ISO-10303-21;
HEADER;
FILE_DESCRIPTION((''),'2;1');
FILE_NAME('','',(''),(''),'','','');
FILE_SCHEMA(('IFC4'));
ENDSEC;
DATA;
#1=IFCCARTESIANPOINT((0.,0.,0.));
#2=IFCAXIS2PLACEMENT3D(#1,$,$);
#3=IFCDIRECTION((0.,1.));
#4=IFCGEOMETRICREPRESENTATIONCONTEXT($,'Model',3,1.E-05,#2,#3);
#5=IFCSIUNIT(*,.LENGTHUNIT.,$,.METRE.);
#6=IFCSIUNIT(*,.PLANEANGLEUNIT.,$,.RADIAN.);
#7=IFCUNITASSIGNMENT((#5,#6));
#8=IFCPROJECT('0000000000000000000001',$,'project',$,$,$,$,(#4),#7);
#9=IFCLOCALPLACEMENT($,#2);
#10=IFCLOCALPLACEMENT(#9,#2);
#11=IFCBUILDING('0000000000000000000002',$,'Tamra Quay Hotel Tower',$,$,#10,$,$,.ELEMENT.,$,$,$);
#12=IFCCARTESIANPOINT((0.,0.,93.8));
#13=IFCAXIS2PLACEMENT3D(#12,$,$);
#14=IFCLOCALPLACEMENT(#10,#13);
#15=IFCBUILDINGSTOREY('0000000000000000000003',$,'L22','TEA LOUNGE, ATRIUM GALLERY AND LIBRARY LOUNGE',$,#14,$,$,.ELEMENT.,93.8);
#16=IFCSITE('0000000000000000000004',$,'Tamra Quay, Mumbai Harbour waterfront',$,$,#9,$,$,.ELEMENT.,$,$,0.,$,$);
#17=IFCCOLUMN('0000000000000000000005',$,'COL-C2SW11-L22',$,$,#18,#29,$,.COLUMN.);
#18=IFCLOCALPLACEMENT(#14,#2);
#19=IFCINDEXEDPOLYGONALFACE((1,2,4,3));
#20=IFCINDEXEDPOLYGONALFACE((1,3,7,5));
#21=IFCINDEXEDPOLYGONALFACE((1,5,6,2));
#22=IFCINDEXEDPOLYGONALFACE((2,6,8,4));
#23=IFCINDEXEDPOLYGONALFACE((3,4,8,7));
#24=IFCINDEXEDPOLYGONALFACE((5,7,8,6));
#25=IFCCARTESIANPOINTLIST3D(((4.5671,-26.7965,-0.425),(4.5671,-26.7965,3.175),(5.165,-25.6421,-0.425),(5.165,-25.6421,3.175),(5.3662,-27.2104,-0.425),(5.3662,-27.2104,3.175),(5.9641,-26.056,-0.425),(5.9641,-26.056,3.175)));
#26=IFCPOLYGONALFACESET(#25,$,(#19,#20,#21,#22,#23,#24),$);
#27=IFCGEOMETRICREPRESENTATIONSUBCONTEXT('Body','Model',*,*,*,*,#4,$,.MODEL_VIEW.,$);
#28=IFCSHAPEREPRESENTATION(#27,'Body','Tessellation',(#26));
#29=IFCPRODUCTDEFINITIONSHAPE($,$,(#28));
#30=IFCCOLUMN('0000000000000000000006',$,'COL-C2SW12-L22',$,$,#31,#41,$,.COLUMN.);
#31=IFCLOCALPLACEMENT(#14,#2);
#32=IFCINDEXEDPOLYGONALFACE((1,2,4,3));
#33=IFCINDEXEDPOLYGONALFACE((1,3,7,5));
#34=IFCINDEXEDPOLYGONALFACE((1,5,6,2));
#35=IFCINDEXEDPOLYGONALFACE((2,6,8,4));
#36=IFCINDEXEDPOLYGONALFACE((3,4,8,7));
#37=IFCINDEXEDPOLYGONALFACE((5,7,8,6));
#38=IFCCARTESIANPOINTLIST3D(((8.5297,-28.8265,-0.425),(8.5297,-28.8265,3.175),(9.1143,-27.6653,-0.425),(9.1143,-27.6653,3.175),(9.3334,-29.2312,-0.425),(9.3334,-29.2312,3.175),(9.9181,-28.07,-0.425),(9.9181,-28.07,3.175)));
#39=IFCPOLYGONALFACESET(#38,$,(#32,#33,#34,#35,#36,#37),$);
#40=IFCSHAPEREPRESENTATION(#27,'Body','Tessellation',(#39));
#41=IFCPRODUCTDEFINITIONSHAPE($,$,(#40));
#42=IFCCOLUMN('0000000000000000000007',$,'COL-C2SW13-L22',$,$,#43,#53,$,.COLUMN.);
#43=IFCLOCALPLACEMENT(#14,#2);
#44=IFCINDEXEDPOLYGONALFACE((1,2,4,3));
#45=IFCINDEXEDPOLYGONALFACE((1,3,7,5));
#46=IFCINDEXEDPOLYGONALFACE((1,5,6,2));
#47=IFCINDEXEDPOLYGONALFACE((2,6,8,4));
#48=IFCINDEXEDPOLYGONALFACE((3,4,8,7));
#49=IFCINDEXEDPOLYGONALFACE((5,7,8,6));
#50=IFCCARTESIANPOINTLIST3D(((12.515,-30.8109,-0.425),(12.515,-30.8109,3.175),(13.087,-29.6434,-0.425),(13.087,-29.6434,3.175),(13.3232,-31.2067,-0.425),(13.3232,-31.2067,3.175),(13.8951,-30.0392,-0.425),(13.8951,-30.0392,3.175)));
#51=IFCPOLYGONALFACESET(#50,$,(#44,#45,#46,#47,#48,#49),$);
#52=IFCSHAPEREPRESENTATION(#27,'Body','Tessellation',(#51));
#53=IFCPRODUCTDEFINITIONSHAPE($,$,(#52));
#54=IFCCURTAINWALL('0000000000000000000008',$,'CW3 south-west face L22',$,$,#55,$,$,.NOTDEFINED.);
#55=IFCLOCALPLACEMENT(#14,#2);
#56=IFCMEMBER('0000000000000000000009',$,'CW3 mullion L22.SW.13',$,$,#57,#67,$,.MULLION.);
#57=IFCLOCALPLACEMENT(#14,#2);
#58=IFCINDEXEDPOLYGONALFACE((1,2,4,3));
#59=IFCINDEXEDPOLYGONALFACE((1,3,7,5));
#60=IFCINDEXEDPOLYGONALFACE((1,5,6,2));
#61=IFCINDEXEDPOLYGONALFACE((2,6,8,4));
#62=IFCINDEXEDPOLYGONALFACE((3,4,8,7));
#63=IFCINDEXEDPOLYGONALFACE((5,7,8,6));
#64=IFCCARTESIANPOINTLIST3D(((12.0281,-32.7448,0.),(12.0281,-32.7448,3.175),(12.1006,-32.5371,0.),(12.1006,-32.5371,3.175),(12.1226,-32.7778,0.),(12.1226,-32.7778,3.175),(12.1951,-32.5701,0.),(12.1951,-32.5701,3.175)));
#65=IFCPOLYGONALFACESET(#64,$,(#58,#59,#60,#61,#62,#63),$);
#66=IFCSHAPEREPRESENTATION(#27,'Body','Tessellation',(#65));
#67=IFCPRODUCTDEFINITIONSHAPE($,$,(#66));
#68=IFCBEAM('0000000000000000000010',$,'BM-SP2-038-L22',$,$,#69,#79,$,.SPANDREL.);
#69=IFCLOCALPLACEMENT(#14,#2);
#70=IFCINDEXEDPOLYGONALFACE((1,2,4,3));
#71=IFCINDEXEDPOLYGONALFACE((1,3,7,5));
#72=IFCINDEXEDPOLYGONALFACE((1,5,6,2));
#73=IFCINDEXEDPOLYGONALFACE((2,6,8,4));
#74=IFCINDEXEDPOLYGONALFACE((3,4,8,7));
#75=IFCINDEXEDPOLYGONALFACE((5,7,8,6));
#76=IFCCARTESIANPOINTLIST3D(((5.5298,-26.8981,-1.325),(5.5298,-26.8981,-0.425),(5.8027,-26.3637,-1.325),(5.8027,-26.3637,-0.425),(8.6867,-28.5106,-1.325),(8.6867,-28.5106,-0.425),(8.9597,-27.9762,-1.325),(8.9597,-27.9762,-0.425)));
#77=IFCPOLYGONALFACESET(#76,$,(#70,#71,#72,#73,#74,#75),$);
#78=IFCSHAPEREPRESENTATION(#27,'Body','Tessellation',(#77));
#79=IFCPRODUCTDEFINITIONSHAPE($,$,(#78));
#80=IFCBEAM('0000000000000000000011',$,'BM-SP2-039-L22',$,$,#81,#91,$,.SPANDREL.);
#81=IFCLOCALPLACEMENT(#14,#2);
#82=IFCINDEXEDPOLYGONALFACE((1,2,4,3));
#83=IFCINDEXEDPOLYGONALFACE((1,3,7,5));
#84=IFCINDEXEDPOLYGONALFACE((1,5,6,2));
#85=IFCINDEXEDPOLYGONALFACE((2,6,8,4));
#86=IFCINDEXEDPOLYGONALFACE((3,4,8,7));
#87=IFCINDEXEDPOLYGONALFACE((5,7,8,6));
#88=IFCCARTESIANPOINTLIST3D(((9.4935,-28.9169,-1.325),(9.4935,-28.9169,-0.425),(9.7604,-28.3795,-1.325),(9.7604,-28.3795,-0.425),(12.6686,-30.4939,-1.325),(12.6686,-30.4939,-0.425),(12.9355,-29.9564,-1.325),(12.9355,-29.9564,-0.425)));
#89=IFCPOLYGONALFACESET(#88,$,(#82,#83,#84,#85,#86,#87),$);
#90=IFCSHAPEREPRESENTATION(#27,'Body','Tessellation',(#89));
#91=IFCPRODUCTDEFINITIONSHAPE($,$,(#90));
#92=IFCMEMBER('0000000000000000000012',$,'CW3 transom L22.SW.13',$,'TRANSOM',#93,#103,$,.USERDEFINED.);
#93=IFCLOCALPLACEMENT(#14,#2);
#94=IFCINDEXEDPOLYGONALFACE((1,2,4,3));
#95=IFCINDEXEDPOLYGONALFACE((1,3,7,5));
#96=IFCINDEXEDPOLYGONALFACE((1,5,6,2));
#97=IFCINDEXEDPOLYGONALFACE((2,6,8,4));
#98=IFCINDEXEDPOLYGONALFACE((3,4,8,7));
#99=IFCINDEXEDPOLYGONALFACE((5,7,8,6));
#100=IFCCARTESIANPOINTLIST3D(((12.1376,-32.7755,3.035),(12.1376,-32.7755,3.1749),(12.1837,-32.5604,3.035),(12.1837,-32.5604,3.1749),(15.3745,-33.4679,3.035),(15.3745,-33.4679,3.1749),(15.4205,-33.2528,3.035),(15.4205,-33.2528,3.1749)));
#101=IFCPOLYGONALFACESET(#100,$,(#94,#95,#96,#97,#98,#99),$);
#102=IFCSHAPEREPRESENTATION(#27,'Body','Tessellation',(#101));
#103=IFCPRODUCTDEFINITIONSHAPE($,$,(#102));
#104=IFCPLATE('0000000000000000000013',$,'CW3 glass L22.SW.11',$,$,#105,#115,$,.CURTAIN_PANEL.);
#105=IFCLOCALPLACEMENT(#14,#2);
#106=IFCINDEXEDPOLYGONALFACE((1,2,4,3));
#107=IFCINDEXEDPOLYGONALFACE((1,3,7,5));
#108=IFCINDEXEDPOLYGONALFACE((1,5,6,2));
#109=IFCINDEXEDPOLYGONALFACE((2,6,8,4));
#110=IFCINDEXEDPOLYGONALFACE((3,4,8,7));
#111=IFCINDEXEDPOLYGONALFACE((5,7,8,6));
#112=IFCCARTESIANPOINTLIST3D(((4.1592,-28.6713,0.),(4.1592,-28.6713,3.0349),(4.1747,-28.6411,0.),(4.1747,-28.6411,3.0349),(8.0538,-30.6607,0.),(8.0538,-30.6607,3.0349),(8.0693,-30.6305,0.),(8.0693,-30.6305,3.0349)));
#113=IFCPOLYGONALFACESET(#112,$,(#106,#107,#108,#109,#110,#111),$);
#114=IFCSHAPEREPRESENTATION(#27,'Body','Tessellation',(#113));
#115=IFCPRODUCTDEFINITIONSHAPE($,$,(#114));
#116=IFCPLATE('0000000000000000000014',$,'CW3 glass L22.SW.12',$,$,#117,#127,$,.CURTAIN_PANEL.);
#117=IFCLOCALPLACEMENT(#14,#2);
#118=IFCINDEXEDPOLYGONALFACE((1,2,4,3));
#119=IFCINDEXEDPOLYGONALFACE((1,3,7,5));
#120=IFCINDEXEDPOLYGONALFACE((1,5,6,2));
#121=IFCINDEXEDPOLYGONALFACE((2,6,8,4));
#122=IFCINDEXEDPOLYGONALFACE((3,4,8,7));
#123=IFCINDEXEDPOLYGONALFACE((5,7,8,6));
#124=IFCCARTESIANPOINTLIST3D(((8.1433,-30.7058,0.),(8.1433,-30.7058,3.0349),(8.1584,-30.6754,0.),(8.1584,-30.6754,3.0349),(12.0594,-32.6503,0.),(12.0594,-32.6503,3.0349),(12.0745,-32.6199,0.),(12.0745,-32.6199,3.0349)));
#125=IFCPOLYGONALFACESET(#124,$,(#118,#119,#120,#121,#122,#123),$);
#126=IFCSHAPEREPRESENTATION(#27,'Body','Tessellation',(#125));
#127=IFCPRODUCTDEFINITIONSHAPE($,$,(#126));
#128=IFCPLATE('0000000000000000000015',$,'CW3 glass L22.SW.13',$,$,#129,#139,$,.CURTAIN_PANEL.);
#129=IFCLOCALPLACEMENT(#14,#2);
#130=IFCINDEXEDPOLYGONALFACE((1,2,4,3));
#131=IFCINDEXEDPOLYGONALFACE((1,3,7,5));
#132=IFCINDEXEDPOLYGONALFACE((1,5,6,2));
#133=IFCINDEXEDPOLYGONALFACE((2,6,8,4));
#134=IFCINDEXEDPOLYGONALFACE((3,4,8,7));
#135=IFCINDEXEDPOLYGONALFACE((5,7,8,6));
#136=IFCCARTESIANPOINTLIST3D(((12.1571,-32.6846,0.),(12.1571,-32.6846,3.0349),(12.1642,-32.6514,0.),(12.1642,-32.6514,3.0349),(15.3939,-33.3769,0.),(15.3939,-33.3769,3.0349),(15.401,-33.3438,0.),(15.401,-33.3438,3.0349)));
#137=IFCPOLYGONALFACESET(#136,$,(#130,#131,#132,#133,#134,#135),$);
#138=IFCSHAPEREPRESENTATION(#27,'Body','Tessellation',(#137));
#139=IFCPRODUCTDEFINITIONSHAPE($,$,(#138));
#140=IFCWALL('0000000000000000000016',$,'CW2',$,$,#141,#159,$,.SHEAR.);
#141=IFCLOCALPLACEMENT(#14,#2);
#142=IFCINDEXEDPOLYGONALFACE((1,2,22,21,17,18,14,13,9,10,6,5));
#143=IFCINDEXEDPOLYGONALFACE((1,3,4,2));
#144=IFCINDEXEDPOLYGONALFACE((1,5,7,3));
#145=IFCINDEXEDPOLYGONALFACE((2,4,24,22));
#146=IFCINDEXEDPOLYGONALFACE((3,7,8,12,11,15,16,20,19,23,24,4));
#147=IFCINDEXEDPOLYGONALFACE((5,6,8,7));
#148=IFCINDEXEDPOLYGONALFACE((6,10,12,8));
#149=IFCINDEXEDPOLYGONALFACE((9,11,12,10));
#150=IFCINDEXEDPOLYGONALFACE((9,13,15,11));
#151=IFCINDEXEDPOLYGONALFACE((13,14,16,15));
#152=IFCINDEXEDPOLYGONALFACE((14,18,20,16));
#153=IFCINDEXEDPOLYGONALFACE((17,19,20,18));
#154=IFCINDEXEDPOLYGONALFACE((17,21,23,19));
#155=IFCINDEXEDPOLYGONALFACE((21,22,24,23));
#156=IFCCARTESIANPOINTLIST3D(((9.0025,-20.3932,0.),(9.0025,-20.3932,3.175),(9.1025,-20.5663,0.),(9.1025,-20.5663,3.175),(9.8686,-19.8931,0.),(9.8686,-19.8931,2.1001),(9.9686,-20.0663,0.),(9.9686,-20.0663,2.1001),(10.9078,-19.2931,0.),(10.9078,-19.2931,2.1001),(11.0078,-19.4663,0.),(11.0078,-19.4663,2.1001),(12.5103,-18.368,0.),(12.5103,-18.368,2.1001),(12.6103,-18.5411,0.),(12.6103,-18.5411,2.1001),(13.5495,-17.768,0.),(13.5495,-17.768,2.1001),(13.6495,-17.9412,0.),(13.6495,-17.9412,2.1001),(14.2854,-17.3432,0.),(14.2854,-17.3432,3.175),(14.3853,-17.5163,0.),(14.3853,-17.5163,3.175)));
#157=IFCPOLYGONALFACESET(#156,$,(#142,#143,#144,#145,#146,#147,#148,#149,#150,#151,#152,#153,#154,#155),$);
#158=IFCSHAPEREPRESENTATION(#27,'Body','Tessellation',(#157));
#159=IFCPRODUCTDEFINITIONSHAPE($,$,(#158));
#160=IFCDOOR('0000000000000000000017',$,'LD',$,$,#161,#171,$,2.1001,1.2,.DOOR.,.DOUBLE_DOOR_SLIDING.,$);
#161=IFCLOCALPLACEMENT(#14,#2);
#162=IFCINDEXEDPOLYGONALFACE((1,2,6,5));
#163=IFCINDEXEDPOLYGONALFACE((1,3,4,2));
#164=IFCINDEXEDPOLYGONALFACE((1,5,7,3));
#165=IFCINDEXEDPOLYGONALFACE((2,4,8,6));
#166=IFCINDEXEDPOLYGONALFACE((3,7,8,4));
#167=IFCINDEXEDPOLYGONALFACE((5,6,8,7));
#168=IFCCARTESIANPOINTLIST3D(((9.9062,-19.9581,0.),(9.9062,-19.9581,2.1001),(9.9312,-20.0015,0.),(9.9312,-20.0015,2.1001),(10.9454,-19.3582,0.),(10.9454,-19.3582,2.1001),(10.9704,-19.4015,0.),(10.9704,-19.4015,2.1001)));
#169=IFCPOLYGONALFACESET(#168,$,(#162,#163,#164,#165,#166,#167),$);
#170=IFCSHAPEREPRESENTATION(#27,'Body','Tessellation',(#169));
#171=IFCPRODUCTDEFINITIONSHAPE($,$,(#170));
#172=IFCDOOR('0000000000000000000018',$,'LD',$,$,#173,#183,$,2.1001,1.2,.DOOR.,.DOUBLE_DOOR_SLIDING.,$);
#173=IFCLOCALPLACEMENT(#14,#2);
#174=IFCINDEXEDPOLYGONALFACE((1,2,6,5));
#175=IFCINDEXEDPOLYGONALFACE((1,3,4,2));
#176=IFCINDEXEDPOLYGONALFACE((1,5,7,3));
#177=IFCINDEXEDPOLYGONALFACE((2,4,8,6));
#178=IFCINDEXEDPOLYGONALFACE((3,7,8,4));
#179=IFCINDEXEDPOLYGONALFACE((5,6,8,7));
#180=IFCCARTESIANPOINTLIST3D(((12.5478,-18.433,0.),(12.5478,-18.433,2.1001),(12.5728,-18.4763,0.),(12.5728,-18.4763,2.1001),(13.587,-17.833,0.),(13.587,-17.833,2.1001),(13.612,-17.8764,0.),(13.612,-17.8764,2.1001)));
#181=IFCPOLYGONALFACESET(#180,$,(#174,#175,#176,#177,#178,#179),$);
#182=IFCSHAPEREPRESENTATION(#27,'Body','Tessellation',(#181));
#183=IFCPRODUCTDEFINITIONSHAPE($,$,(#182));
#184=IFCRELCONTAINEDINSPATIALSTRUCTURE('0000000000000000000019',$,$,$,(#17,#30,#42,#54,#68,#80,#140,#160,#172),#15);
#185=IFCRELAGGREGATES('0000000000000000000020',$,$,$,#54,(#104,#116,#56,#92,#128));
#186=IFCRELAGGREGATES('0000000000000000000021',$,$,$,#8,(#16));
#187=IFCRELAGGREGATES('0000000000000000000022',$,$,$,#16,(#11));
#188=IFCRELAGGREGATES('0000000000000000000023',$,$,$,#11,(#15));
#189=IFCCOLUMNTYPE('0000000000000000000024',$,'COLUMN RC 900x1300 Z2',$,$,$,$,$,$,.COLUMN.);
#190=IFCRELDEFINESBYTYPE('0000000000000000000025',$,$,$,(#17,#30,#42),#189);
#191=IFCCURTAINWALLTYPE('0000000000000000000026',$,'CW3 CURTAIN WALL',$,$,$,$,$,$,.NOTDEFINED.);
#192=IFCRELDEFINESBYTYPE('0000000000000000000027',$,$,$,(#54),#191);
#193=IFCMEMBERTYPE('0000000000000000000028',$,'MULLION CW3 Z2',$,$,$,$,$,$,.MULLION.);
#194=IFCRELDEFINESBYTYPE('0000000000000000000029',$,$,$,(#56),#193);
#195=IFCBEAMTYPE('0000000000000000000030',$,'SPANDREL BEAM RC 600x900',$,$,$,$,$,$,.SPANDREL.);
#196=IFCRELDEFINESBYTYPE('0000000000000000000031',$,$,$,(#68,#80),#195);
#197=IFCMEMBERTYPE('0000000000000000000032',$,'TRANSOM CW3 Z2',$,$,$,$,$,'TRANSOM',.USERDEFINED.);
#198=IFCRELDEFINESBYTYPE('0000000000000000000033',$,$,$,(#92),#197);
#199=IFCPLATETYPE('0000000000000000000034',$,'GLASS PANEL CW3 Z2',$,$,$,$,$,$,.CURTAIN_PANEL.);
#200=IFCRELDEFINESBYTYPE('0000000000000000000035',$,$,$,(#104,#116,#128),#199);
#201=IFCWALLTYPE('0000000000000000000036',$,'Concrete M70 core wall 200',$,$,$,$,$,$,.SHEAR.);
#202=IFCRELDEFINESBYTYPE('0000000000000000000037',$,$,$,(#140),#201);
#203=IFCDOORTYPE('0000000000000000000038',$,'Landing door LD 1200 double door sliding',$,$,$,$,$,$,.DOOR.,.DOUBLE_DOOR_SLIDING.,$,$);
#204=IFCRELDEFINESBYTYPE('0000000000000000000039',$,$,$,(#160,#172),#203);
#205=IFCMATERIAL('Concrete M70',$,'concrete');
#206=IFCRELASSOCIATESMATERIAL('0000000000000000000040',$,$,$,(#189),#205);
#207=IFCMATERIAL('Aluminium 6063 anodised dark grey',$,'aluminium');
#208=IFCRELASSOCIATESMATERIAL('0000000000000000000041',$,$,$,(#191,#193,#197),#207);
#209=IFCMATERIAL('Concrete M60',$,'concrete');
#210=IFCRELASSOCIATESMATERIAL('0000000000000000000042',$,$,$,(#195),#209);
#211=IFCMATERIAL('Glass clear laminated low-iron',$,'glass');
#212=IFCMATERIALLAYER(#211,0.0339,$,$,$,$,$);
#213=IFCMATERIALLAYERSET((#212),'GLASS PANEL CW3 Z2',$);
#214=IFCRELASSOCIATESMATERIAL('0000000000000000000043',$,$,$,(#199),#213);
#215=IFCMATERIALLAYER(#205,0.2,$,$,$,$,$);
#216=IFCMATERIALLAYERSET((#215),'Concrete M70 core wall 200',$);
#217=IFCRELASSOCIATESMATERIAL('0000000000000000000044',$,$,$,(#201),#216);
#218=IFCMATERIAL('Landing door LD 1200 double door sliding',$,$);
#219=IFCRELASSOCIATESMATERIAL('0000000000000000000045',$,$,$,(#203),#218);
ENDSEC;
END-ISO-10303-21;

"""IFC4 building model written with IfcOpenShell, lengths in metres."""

from ifc_helpers import new_model, si_unit, direction, frame, frame_2d, origin, origin_2d, place, context, subcontext, project, spatial, rectangle, extrude, material, layer, layer_set, material_profile, profile_set, type_object, element, fill, aggregate, save


model = new_model("IFC4")

# Units and contexts
model_context = context("Model", 3, precision=1e-05, world=origin(), true_north=direction((0.0, 1.0)))
body_context = subcontext(model_context, "Body", "Model", "MODEL_VIEW")
ifc_project = project(units=[si_unit("LENGTHUNIT", "METRE"), si_unit("PLANEANGLEUNIT", "RADIAN")], contexts=[model_context])

# Site, building, storey
site_placement = place(None, origin())
site = spatial("IfcSite", under=ifc_project, at=site_placement, Name="Tamra Quay, Mumbai Harbour waterfront", CompositionType="ELEMENT", RefElevation=0.0)
building_placement = place(site_placement, origin())
building = spatial("IfcBuilding", under=site, at=building_placement, Name="Tamra Quay Hotel Tower", CompositionType="ELEMENT")
storey_placement = place(building_placement, frame((0.0, 0.0, 93.8)))
storey = spatial("IfcBuildingStorey", under=building, at=storey_placement, Name="L22", Description="TEA LOUNGE, ATRIUM GALLERY AND LIBRARY LOUNGE", CompositionType="ELEMENT", Elevation=93.8)

# Columns
ifc_material_1 = material(Name="Concrete M70", Category="concrete")
ifc_material_profile_1 = material_profile(ifc_material_1, rectangle(XDim=1.3, YDim=0.8999, at=origin_2d()), Name="COLUMN RC 900x1300 Z2")
ifc_profile_set_1 = profile_set([ifc_material_profile_1], Name="Concrete M70")
column_type = type_object("IfcColumnType", Name="COLUMN RC 900x1300 Z2", PredefinedType="COLUMN", material=ifc_profile_set_1)
for number, where, z_axis, x_axis, name in (
    (1, (5.2656, -26.4263, -0.425), (0.0, 0.0, 1.0), (0.45989, 0.887976, 0.0), "COL-C2SW11-L22"),
    (2, (9.2239, -28.4482, -0.425), (0.0, 0.0, 1.0), (0.449727, 0.893166, 0.0), "COL-C2SW12-L22"),
    (3, (13.2051, -30.425, -0.425), (0.0, 0.0, 1.0), (0.439916, 0.898039, 0.0), "COL-C2SW13-L22"),
):
    element("IfcColumn", number, at=place(storey_placement, frame(where, z_axis=z_axis, x_axis=x_axis)), inside=storey, type_object=column_type, Name=name, PredefinedType="COLUMN", context=body_context, shape_type="SweptSolid", body=[
        extrude(rectangle(XDim=1.3, YDim=0.8999, at=origin_2d()), origin(), (0.0, 0.0, 1.0), 3.6001),
    ])

# Curtain wall, member
ifc_material_2 = material(Name="Aluminium 6063 anodised dark grey", Category="aluminium")
curtain_wall_type = type_object("IfcCurtainWallType", Name="CW3 CURTAIN WALL", PredefinedType="NOTDEFINED", material=ifc_material_2)
curtain_wall_placement = place(storey_placement, origin())
curtain_wall = element("IfcCurtainWall", 4, at=curtain_wall_placement, inside=storey, type_object=curtain_wall_type, Name="CW3 south-west face L22", PredefinedType="NOTDEFINED")
ifc_material_profile_2 = material_profile(ifc_material_2, rectangle(XDim=0.22, YDim=0.1001, at=origin_2d()), Name="MULLION 100X220")
ifc_profile_set_2 = profile_set([ifc_material_profile_2], Name="Aluminium 6063 anodised dark grey")
member_type_1 = type_object("IfcMemberType", Name="MULLION CW3 Z2", PredefinedType="MULLION", material=ifc_profile_set_2)
member_1_placement = place(storey_placement, frame((12.1116, -32.6575, 0.0), z_axis=(0.0, 0.0, 1.0), x_axis=(-0.329532, -0.944144, 0.0)))
member_1 = element("IfcMember", 5, at=member_1_placement, type_object=member_type_1, Name="CW3 mullion L22.SW.13", PredefinedType="MULLION", context=body_context, shape_type="SweptSolid", body=[
    extrude(rectangle(XDim=0.22, YDim=0.1001, at=origin_2d()), origin(), (0.0, 0.0, 1.0), 3.175),
])

# Beams
ifc_material_3 = material(Name="Concrete M60", Category="concrete")
ifc_material_profile_3 = material_profile(ifc_material_3, rectangle(XDim=0.6001, YDim=0.8999, at=origin_2d()), Name="SPANDREL BEAM RC 600x900")
ifc_profile_set_3 = profile_set([ifc_material_profile_3], Name="Concrete M60")
beam_type = type_object("IfcBeamType", Name="SPANDREL BEAM RC 600x900", PredefinedType="SPANDREL", material=ifc_profile_set_3)
beam_1_placement = place(storey_placement, frame((5.6663, -26.6309, -0.875), z_axis=(0.890551, -0.454883, 0.0), x_axis=(0.454883, 0.890551, 0.0)))
element("IfcBeam", 6, at=beam_1_placement, inside=storey, type_object=beam_type, Name="BM-SP2-038-L22", PredefinedType="SPANDREL", context=body_context, shape_type="SweptSolid", body=[
    extrude(rectangle(XDim=0.6001, YDim=0.8999, at=origin_2d()), origin(), (0.0, 0.0, 1.0), 3.5449),
])
beam_2_placement = place(storey_placement, frame((9.627, -28.6482, -0.875), z_axis=(0.895622, -0.444815, 0.0), x_axis=(0.444815, 0.895622, 0.0)))
element("IfcBeam", 7, at=beam_2_placement, inside=storey, type_object=beam_type, Name="BM-SP2-039-L22", PredefinedType="SPANDREL", context=body_context, shape_type="SweptSolid", body=[
    extrude(rectangle(XDim=0.6001, YDim=0.8999, at=origin_2d()), origin(), (0.0, 0.0, 1.0), 3.5452),
])

# Member
ifc_material_profile_4 = material_profile(ifc_material_2, rectangle(XDim=0.22, YDim=0.1399, at=origin_2d()), Name="TRANSOM 220X140")
ifc_profile_set_4 = profile_set([ifc_material_profile_4], Name="Aluminium 6063 anodised dark grey")
member_type_2 = type_object("IfcMemberType", Name="TRANSOM CW3 Z2", ElementType="TRANSOM", PredefinedType="USERDEFINED", material=ifc_profile_set_4)
member_2_placement = place(storey_placement, frame((12.1606, -32.668, 3.105), z_axis=(0.977878, -0.209176, 0.0), x_axis=(0.209176, 0.977878, 0.0)))
member_2 = element("IfcMember", 8, at=member_2_placement, type_object=member_type_2, Name="CW3 transom L22.SW.13", ObjectType="TRANSOM", PredefinedType="USERDEFINED", context=body_context, shape_type="SweptSolid", body=[
    extrude(rectangle(XDim=0.22, YDim=0.1399, at=origin_2d()), origin(), (0.0, 0.0, 1.0), 3.3101),
])

# Plates
ifc_material_4 = material(Name="Glass clear laminated low-iron", Category="glass")
ifc_layer_1 = layer(ifc_material_4, 0.0339)
ifc_layer_set_1 = layer_set([ifc_layer_1], Name="GLASS PANEL CW3 Z2")
plate_type = type_object("IfcPlateType", Name="GLASS PANEL CW3 Z2", PredefinedType="CURTAIN_PANEL", material=ifc_layer_set_1)
plate_1_placement = place(storey_placement, frame((6.1143, -29.6509, 0.0), z_axis=(0.0, 0.0, 1.0), x_axis=(0.890545, -0.454896, 0.0)))
plate_1 = element("IfcPlate", 9, at=plate_1_placement, type_object=plate_type, Name="CW3 glass L22.SW.11", PredefinedType="CURTAIN_PANEL", context=body_context, shape_type="SweptSolid", body=[
    extrude(rectangle(XDim=4.3733, YDim=0.0339, at=origin_2d()), origin(), (0.0, 0.0, 1.0), 3.0349),
])
plate_2_placement = place(storey_placement, frame((10.1089, -31.6628, 0.0), z_axis=(0.0, 0.0, 1.0), x_axis=(0.895658, -0.444743, 0.0)))
plate_2 = element("IfcPlate", 10, at=plate_2_placement, type_object=plate_type, Name="CW3 glass L22.SW.12", PredefinedType="CURTAIN_PANEL", context=body_context, shape_type="SweptSolid", body=[
    extrude(rectangle(XDim=4.3723, YDim=0.0339, at=origin_2d()), origin(), (0.0, 0.0, 1.0), 3.0349),
])
plate_3_placement = place(storey_placement, frame((13.7791, -33.0142, 0.0), z_axis=(0.0, 0.0, 1.0), x_axis=(0.977879, -0.209172, 0.0)))
plate_3 = element("IfcPlate", 11, at=plate_3_placement, type_object=plate_type, Name="CW3 glass L22.SW.13", PredefinedType="CURTAIN_PANEL", context=body_context, shape_type="SweptSolid", body=[
    extrude(rectangle(XDim=3.3101, YDim=0.0339, at=origin_2d()), origin(), (0.0, 0.0, 1.0), 3.0349),
])
aggregate(curtain_wall, [plate_1, plate_2, member_1, member_2, plate_3])

# Wall, openings, doors
ifc_layer_2 = layer(ifc_material_1, 0.2)
ifc_layer_set_2 = layer_set([ifc_layer_2], Name="Concrete M70 core wall 200")
wall_type_1 = type_object("IfcWallType", Name="Concrete M70 core wall 200", PredefinedType="SHEAR", material=ifc_layer_set_2)
wall_1_placement = place(storey_placement, frame((9.0525, -20.4797, 0.0), z_axis=(0.0, 0.0, 1.0), x_axis=(0.86603, 0.499992, 0.0)))
wall_1 = element("IfcWall", 12, at=wall_1_placement, inside=storey, type_object=wall_type_1, Name="CW2", PredefinedType="SHEAR", context=body_context, shape_type="SweptSolid", body=[
    extrude(rectangle(XDim=6.1001, YDim=0.2, at=frame_2d((3.05, 0.0))), origin(), (0.0, 0.0, 1.0), 3.175),
])
opening_1_placement = place(wall_1_placement, frame((1.0, 0.0, 0.0)))
opening_1 = element("IfcOpeningElement", 13, at=opening_1_placement, cuts=wall_1, PredefinedType="OPENING", context=body_context, shape_type="SweptSolid", body=[
    extrude(rectangle(XDim=1.2, YDim=2.1001, at=frame_2d((0.6001, 1.05))), frame((0.0, 0.1099, 0.0), z_axis=(0.0, -1.0, 0.0), x_axis=(1.0, 0.0, 0.0)), (0.0, 0.0, 1.0), 0.22),
])
opening_2_placement = place(wall_1_placement, frame((4.0503, 0.0, 0.0)))
opening_2 = element("IfcOpeningElement", 14, at=opening_2_placement, cuts=wall_1, PredefinedType="OPENING", context=body_context, shape_type="SweptSolid", body=[
    extrude(rectangle(XDim=1.2, YDim=2.1001, at=frame_2d((0.6001, 1.05))), frame((0.0, 0.1099, 0.0), z_axis=(0.0, -1.0, 0.0), x_axis=(1.0, 0.0, 0.0)), (0.0, 0.0, 1.0), 0.22),
])
ifc_material_5 = material(Name="Landing door LD 1200 double door sliding")
door_type_1 = type_object("IfcDoorType", Name="Landing door LD 1200 double door sliding", OperationType="DOUBLE_DOOR_SLIDING", PredefinedType="DOOR", material=ifc_material_5)
door_1_placement = place(opening_1_placement, origin())
door_1 = element("IfcDoor", 15, at=door_1_placement, inside=storey, type_object=door_type_1, Name="LD", OperationType="DOUBLE_DOOR_SLIDING", OverallHeight=2.1001, OverallWidth=1.2, PredefinedType="DOOR", context=body_context, shape_type="SweptSolid", body=[
    extrude(rectangle(XDim=1.2, YDim=2.1001, at=frame_2d((0.6001, 1.05))), frame((0.0, 0.0249, 0.0), z_axis=(0.0, -1.0, 0.0), x_axis=(1.0, 0.0, 0.0)), (0.0, 0.0, 1.0), 0.05),
])
fill(opening_1, door_1)
door_2_placement = place(opening_2_placement, origin())
door_2 = element("IfcDoor", 16, at=door_2_placement, inside=storey, type_object=door_type_1, Name="LD", OperationType="DOUBLE_DOOR_SLIDING", OverallHeight=2.1001, OverallWidth=1.2, PredefinedType="DOOR", context=body_context, shape_type="SweptSolid", body=[
    extrude(rectangle(XDim=1.2, YDim=2.1001, at=frame_2d((0.6001, 1.05))), frame((0.0, 0.0249, 0.0), z_axis=(0.0, -1.0, 0.0), x_axis=(1.0, 0.0, 0.0)), (0.0, 0.0, 1.0), 0.05),
])
fill(opening_2, door_2)

save(model, "model.ifc")
